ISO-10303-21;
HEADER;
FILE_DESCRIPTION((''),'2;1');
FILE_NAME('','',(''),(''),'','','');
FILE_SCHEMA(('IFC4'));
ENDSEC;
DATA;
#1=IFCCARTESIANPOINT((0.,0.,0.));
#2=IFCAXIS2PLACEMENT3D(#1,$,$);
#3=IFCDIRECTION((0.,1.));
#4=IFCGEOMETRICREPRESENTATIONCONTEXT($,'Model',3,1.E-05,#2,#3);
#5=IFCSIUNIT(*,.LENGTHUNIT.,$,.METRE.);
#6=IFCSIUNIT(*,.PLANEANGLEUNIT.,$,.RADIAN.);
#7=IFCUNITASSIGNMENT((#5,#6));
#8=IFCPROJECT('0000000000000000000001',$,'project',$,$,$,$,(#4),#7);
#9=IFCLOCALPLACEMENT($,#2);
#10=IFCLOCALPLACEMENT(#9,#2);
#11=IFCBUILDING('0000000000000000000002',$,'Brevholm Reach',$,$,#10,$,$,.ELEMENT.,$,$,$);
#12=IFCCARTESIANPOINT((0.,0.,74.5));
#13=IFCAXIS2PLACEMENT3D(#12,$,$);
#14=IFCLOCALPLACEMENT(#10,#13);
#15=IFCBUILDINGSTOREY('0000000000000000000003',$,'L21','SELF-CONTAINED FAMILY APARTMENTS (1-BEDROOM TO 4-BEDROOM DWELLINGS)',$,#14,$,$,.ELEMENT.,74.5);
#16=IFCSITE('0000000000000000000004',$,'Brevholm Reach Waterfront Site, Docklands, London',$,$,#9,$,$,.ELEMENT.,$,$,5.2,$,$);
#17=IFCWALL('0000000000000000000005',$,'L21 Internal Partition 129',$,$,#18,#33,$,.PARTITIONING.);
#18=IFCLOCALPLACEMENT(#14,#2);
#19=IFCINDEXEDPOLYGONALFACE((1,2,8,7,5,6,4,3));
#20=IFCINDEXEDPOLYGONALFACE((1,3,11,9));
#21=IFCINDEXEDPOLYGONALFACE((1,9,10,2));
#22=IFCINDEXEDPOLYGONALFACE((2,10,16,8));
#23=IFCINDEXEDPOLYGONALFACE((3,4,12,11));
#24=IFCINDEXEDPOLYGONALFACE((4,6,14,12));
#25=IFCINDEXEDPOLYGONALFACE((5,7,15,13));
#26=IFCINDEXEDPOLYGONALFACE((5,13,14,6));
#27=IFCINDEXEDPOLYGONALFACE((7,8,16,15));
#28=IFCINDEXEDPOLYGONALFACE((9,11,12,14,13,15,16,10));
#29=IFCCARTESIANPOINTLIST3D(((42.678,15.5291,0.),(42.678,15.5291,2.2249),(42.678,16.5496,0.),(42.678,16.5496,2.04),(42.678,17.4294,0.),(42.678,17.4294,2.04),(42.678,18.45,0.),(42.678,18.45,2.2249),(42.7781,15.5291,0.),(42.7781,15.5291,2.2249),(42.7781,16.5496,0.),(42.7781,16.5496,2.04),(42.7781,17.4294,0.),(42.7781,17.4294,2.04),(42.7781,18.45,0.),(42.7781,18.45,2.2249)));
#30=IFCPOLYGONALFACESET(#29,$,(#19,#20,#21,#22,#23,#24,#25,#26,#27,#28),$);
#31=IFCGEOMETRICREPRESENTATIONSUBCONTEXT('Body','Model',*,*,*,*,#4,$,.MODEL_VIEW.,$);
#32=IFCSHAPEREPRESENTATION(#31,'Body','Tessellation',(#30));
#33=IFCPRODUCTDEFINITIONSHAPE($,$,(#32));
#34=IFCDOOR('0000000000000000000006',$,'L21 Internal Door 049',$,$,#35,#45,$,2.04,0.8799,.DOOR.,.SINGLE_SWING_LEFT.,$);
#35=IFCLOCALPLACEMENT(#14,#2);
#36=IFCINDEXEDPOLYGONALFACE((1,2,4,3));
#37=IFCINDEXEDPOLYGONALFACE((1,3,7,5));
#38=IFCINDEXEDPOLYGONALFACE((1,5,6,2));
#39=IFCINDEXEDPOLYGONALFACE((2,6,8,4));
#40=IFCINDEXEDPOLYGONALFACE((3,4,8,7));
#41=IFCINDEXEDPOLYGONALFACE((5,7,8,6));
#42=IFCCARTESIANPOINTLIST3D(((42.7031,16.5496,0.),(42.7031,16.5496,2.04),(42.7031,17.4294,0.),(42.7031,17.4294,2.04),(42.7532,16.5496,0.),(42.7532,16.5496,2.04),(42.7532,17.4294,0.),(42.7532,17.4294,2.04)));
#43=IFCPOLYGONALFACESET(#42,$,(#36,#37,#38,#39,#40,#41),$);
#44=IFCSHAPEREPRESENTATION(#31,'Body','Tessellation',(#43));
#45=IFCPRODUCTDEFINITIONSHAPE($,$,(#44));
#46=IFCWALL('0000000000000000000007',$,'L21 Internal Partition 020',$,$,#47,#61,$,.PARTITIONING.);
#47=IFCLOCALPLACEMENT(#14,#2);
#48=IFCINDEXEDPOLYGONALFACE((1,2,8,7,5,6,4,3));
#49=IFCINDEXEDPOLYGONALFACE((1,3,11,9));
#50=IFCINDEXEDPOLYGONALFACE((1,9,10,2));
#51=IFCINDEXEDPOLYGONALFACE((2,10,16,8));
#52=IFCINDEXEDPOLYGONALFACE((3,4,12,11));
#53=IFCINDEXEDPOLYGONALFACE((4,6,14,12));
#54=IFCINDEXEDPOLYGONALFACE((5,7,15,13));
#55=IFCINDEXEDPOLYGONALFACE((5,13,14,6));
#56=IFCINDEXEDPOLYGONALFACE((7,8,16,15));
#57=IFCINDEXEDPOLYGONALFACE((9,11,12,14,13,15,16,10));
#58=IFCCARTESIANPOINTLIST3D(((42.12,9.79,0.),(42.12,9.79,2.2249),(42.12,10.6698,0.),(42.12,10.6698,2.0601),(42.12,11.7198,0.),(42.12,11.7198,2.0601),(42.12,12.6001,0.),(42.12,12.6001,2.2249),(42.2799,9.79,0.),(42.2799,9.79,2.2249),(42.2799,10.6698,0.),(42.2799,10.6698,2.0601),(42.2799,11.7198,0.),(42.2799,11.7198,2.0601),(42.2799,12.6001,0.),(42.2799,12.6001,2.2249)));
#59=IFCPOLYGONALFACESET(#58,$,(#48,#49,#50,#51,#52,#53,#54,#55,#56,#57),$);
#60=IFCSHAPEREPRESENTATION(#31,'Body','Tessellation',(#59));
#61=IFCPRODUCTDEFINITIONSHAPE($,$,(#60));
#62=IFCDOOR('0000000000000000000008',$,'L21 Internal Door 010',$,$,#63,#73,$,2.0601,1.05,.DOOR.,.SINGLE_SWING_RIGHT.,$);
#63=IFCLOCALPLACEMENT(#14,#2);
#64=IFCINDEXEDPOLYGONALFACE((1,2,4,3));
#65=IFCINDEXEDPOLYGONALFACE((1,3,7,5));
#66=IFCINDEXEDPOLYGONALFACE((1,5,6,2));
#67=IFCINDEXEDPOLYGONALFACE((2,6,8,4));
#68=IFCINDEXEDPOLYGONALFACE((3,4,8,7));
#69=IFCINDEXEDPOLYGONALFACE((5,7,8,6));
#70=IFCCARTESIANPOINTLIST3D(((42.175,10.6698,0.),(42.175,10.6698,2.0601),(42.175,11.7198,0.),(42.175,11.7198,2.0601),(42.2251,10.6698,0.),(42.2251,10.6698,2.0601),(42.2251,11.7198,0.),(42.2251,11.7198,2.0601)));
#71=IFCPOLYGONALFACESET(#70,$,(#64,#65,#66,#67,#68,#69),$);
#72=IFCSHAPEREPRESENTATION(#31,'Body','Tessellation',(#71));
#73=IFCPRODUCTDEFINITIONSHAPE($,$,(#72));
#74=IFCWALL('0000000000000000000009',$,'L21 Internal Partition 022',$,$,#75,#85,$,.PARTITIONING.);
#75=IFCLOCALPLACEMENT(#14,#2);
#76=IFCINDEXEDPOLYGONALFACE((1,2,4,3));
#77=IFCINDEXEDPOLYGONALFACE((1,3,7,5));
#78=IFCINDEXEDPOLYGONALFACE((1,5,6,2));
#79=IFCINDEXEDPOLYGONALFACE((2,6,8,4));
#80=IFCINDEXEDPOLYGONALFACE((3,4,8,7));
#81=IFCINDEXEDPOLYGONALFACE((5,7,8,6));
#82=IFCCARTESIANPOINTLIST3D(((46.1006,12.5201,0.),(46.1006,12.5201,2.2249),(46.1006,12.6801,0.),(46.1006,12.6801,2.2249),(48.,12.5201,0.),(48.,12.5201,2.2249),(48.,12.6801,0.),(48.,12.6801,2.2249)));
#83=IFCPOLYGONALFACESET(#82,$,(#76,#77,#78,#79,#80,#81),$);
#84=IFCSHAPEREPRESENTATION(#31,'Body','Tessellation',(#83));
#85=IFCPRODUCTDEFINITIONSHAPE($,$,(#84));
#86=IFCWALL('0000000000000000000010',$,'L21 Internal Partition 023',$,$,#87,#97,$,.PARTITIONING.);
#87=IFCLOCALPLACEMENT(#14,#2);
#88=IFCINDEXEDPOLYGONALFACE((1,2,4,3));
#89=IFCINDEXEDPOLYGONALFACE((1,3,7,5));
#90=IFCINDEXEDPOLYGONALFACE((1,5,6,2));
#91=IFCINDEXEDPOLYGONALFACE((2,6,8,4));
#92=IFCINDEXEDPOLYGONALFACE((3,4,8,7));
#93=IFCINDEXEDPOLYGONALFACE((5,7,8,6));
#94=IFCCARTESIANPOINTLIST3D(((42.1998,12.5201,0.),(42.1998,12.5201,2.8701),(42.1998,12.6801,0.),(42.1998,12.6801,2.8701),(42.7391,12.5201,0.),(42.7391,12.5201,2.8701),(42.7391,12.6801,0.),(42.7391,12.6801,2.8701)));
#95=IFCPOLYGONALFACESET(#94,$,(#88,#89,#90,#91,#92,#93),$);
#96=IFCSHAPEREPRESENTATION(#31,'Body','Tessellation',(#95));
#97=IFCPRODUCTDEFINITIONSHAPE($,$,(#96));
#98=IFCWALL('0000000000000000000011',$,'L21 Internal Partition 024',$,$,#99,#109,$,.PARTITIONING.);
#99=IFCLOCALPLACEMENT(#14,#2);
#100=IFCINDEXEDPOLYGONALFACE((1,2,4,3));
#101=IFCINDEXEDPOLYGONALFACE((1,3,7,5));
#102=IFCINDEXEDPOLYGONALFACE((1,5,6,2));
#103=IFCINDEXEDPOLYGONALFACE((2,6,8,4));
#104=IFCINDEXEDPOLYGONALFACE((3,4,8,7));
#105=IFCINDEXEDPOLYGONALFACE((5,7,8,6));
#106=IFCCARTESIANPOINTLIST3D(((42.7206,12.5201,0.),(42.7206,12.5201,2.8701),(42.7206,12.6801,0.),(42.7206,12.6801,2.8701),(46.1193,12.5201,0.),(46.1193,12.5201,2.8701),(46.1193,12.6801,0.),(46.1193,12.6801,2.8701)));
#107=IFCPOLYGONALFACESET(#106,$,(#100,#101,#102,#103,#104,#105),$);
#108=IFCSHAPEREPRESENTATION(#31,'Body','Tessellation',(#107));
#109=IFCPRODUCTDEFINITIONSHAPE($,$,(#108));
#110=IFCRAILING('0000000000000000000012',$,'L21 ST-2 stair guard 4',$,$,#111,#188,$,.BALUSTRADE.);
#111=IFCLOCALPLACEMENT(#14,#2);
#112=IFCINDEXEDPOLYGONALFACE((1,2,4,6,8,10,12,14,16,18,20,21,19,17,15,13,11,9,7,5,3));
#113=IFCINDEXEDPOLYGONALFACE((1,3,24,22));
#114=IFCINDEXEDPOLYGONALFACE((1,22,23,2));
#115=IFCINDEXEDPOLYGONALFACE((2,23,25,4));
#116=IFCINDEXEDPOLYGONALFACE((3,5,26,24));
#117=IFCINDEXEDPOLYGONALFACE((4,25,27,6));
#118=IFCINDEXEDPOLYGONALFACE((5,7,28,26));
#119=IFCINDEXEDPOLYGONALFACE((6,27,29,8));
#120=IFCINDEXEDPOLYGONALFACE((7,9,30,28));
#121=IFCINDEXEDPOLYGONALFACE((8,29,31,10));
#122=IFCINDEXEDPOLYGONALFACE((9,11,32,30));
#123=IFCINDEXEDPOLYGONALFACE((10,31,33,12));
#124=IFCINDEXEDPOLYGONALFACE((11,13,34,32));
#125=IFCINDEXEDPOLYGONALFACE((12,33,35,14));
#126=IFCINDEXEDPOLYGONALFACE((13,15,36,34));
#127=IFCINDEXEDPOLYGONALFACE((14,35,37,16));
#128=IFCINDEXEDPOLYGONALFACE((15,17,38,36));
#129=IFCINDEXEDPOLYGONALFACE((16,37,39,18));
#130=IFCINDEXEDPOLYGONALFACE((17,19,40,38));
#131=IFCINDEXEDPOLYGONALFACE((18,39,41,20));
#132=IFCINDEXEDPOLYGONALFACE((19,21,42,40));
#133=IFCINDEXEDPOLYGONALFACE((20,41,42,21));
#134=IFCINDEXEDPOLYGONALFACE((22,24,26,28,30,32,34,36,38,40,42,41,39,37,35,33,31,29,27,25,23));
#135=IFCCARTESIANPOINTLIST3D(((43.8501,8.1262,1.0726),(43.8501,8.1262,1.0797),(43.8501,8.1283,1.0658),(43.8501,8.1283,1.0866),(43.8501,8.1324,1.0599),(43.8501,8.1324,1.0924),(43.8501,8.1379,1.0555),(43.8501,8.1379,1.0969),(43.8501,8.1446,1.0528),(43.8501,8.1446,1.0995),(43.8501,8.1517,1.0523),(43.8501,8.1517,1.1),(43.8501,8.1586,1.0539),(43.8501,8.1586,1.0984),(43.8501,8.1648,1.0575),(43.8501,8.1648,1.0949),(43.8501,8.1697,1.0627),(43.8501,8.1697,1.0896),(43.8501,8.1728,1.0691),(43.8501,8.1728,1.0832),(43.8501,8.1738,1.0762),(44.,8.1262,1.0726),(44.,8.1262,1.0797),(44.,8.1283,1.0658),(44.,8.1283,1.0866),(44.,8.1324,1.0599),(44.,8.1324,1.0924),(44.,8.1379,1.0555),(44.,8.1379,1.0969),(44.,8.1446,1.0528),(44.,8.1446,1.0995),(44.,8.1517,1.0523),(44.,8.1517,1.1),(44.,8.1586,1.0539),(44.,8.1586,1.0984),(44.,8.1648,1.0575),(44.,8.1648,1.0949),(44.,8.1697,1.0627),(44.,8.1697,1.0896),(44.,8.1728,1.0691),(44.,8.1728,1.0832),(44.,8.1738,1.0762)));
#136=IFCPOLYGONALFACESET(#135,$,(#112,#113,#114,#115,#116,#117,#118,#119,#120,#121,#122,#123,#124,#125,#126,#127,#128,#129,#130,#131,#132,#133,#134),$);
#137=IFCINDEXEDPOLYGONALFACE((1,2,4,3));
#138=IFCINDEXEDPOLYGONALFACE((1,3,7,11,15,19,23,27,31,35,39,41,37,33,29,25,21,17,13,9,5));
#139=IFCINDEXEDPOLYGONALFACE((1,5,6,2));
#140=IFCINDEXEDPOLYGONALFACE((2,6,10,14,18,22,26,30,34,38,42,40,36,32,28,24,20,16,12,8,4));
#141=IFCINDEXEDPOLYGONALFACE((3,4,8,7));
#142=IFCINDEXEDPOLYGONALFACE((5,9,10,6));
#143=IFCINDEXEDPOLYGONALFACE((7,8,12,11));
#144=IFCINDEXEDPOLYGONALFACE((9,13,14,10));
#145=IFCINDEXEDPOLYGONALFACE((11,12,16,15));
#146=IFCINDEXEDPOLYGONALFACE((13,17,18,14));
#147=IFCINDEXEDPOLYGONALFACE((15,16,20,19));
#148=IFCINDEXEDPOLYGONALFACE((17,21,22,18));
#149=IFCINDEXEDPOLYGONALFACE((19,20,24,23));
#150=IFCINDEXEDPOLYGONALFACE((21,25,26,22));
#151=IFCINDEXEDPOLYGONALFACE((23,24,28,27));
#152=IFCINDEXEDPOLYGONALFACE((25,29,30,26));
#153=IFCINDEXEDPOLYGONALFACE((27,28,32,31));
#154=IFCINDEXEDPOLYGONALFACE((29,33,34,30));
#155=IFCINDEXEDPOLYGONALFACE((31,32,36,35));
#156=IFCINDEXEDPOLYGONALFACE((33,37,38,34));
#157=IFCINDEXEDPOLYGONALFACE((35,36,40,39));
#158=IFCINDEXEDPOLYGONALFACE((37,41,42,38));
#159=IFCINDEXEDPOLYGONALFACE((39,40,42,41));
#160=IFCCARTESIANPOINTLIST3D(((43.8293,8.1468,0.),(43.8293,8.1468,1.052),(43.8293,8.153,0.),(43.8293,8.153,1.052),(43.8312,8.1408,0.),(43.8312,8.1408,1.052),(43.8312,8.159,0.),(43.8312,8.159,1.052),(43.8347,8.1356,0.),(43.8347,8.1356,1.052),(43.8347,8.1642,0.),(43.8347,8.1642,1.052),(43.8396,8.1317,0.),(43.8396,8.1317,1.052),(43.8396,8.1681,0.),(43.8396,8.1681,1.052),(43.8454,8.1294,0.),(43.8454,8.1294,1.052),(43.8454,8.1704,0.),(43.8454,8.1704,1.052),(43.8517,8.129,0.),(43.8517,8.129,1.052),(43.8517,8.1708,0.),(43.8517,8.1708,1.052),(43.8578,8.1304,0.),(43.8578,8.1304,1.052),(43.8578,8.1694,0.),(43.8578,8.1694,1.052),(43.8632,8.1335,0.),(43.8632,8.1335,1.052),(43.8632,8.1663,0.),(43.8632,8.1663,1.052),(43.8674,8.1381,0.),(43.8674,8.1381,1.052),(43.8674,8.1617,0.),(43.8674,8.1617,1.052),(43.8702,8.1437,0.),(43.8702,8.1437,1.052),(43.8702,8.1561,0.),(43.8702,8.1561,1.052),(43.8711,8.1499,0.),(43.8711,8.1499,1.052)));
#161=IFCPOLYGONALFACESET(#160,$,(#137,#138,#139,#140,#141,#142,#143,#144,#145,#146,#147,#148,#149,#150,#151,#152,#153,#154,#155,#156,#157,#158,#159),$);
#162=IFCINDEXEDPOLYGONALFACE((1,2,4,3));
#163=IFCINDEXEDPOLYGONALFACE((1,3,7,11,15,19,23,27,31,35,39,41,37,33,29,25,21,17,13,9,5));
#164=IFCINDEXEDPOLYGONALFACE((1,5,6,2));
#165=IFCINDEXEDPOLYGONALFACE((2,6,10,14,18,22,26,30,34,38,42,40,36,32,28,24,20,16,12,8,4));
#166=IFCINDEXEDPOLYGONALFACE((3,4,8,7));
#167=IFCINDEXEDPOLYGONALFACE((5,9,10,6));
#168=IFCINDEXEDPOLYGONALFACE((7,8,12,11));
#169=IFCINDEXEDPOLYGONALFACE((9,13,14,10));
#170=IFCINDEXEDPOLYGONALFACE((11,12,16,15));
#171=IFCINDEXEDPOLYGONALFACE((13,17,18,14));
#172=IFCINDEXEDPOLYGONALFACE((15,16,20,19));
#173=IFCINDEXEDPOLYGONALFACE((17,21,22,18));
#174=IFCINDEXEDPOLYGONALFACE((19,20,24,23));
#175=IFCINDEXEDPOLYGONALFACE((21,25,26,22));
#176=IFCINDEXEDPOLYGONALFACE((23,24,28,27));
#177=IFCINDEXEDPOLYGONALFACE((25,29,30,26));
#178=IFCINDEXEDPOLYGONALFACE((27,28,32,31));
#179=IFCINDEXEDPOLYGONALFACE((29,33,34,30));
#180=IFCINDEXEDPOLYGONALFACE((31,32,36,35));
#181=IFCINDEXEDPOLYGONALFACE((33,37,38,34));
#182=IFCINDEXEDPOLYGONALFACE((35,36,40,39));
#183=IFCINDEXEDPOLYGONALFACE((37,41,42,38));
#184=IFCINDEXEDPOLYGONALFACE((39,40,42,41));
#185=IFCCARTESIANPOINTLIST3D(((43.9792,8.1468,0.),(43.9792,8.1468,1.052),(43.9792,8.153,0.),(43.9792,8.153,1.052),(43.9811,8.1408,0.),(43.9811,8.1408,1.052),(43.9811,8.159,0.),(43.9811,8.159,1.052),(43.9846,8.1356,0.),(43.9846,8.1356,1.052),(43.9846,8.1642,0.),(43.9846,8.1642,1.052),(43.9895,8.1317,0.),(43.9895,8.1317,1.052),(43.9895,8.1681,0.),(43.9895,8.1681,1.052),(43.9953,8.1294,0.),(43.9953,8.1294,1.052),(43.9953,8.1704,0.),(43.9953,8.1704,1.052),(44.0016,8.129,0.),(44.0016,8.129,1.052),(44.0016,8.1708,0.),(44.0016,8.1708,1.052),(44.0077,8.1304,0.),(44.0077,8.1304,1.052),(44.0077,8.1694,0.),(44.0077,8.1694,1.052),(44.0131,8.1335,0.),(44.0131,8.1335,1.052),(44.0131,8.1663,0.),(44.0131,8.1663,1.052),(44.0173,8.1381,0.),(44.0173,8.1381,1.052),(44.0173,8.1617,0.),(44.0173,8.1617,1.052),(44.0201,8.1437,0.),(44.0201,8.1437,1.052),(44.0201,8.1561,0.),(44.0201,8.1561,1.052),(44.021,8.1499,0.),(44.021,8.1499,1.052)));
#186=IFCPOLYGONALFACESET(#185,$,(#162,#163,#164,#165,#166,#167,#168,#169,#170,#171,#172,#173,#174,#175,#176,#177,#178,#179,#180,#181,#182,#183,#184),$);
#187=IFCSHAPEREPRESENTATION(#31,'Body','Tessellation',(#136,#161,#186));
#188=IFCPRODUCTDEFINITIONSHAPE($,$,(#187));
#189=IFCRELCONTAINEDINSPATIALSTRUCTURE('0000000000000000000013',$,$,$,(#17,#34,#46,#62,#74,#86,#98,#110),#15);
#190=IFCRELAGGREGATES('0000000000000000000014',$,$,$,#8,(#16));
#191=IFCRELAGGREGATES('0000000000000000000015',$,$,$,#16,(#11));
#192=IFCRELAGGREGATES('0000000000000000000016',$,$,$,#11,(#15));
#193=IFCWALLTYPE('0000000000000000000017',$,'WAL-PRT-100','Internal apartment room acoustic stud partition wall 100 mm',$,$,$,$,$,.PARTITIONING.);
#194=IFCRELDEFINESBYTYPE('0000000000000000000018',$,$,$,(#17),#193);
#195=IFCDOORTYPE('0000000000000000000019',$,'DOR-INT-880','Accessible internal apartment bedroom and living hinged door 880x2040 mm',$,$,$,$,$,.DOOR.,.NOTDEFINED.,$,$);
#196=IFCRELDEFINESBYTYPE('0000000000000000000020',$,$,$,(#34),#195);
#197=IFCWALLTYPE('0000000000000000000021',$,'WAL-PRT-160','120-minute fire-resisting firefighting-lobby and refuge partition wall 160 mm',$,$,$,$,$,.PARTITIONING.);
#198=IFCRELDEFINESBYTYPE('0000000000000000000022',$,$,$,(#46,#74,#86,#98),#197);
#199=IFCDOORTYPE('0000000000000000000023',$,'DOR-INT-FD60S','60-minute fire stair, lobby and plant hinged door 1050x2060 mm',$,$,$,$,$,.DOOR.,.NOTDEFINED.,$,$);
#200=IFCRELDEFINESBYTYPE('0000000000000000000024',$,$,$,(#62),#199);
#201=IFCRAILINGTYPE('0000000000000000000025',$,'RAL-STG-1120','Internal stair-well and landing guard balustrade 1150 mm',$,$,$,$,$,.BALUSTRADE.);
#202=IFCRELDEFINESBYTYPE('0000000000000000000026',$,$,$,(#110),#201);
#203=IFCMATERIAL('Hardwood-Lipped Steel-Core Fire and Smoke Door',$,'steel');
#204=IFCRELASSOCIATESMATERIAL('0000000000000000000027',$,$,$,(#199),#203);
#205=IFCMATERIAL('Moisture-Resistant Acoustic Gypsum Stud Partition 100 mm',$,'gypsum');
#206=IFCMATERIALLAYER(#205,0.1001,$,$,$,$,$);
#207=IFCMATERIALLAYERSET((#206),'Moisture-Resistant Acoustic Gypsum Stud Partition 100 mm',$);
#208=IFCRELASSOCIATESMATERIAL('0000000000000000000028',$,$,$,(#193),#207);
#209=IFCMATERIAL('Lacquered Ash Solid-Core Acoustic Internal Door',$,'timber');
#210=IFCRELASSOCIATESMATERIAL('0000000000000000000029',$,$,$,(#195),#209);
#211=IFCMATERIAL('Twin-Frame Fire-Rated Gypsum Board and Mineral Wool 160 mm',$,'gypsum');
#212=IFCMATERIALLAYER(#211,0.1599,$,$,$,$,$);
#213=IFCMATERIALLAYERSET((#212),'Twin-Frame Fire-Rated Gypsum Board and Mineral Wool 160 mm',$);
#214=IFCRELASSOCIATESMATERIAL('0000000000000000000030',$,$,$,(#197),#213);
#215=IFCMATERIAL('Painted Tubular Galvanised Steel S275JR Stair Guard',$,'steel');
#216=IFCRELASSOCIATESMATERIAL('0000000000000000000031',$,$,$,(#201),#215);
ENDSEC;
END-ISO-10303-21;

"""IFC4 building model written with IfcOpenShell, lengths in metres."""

from ifc_helpers import new_model, si_unit, direction, frame, frame_2d, origin, origin_2d, place, context, subcontext, project, spatial, rectangle, circle, extrude, material, layer, layer_set, type_object, element, fill, save


model = new_model("IFC4")

# Units and contexts
model_context = context("Model", 3, precision=1e-05, world=origin(), true_north=direction((0.0, 1.0)))
body_context = subcontext(model_context, "Body", "Model", "MODEL_VIEW")
ifc_project = project(units=[si_unit("LENGTHUNIT", "METRE"), si_unit("PLANEANGLEUNIT", "RADIAN")], contexts=[model_context])

# Site, building, storey
site_placement = place(None, origin())
site = spatial("IfcSite", under=ifc_project, at=site_placement, Name="Brevholm Reach Waterfront Site, Docklands, London", CompositionType="ELEMENT", RefElevation=5.2)
building_placement = place(site_placement, origin())
building = spatial("IfcBuilding", under=site, at=building_placement, Name="Brevholm Reach", CompositionType="ELEMENT")
storey_placement = place(building_placement, frame((0.0, 0.0, 74.5)))
storey = spatial("IfcBuildingStorey", under=building, at=storey_placement, Name="L21", Description="SELF-CONTAINED FAMILY APARTMENTS (1-BEDROOM TO 4-BEDROOM DWELLINGS)", CompositionType="ELEMENT", Elevation=74.5)

# Shared definitions
ifc_material_1 = material(Name="Hardwood-Lipped Steel-Core Fire and Smoke Door", Category="steel")
door_type_1 = type_object("IfcDoorType", Name="DOR-INT-FD60S", Description="60-minute fire stair, lobby and plant hinged door 1050x2060 mm", OperationType="NOTDEFINED", PredefinedType="DOOR", material=ifc_material_1)

# Shared definitions
ifc_material_2 = material(Name="Moisture-Resistant Acoustic Gypsum Stud Partition 100 mm", Category="gypsum")
ifc_layer_1 = layer(ifc_material_2, 0.1001)
ifc_layer_set_1 = layer_set([ifc_layer_1], Name="Moisture-Resistant Acoustic Gypsum Stud Partition 100 mm")
wall_type_1 = type_object("IfcWallType", Name="WAL-PRT-100", Description="Internal apartment room acoustic stud partition wall 100 mm", PredefinedType="PARTITIONING", material=ifc_layer_set_1)

# Walls, openings, doors
ifc_material_3 = material(Name="Lacquered Ash Solid-Core Acoustic Internal Door", Category="timber")
door_type_2 = type_object("IfcDoorType", Name="DOR-INT-880", Description="Accessible internal apartment bedroom and living hinged door 880x2040 mm", OperationType="NOTDEFINED", PredefinedType="DOOR", material=ifc_material_3)
wall_1_placement = place(storey_placement, frame((42.728, 15.5291, 0.0), z_axis=(0.0, 0.0, 1.0), x_axis=(0.0, 1.0, 0.0)))
wall_1 = element("IfcWall", 1, at=wall_1_placement, inside=storey, type_object=wall_type_1, Name="L21 Internal Partition 129", PredefinedType="PARTITIONING", context=body_context, shape_type="SweptSolid", body=[
    extrude(rectangle(XDim=2.9209, YDim=0.1001, at=frame_2d((1.4604, 0.0))), origin(), (0.0, 0.0, 1.0), 2.2249),
])
opening_1_placement = place(wall_1_placement, frame((1.0205, 0.0, 0.0)))
opening_1 = element("IfcOpeningElement", 2, at=opening_1_placement, cuts=wall_1, PredefinedType="OPENING", context=body_context, shape_type="SweptSolid", body=[
    extrude(rectangle(XDim=0.8799, YDim=2.04, at=frame_2d((0.4399, 1.02))), frame((0.0, 0.0601, 0.0), z_axis=(0.0, -1.0, 0.0), x_axis=(1.0, 0.0, 0.0)), (0.0, 0.0, 1.0), 0.1201),
])
door_1_placement = place(opening_1_placement, origin())
door_1 = element("IfcDoor", 3, at=door_1_placement, inside=storey, type_object=door_type_2, Name="L21 Internal Door 049", OperationType="SINGLE_SWING_LEFT", OverallHeight=2.04, OverallWidth=0.8799, PredefinedType="DOOR", context=body_context, shape_type="SweptSolid", body=[
    extrude(rectangle(XDim=0.8799, YDim=2.04, at=frame_2d((0.4399, 1.02))), frame((0.0, 0.0249, 0.0), z_axis=(0.0, -1.0, 0.0), x_axis=(1.0, 0.0, 0.0)), (0.0, 0.0, 1.0), 0.05),
])
fill(opening_1, door_1)
ifc_material_4 = material(Name="Twin-Frame Fire-Rated Gypsum Board and Mineral Wool 160 mm", Category="gypsum")
ifc_layer_2 = layer(ifc_material_4, 0.1599)
ifc_layer_set_2 = layer_set([ifc_layer_2], Name="Twin-Frame Fire-Rated Gypsum Board and Mineral Wool 160 mm")
wall_type_2 = type_object("IfcWallType", Name="WAL-PRT-160", Description="120-minute fire-resisting firefighting-lobby and refuge partition wall 160 mm", PredefinedType="PARTITIONING", material=ifc_layer_set_2)
wall_2_placement = place(storey_placement, frame((42.2, 9.79, 0.0), z_axis=(0.0, 0.0, 1.0), x_axis=(0.0, 1.0, 0.0)))
wall_2 = element("IfcWall", 4, at=wall_2_placement, inside=storey, type_object=wall_type_2, Name="L21 Internal Partition 020", PredefinedType="PARTITIONING", context=body_context, shape_type="SweptSolid", body=[
    extrude(rectangle(XDim=2.8101, YDim=0.1599, at=frame_2d((1.405, 0.0))), origin(), (0.0, 0.0, 1.0), 2.2249),
])
opening_2_placement = place(wall_2_placement, frame((0.8799, 0.0, 0.0)))
opening_2 = element("IfcOpeningElement", 5, at=opening_2_placement, cuts=wall_2, PredefinedType="OPENING", context=body_context, shape_type="SweptSolid", body=[
    extrude(rectangle(XDim=1.05, YDim=2.0601, at=frame_2d((0.5249, 1.03))), frame((0.0, 0.0898, 0.0), z_axis=(0.0, -1.0, 0.0), x_axis=(1.0, 0.0, 0.0)), (0.0, 0.0, 1.0), 0.1799),
])
door_2_placement = place(opening_2_placement, origin())
door_2 = element("IfcDoor", 6, at=door_2_placement, inside=storey, type_object=door_type_1, Name="L21 Internal Door 010", OperationType="SINGLE_SWING_RIGHT", OverallHeight=2.0601, OverallWidth=1.05, PredefinedType="DOOR", context=body_context, shape_type="SweptSolid", body=[
    extrude(rectangle(XDim=1.05, YDim=2.0601, at=frame_2d((0.5249, 1.03))), frame((0.0, 0.0249, 0.0), z_axis=(0.0, -1.0, 0.0), x_axis=(1.0, 0.0, 0.0)), (0.0, 0.0, 1.0), 0.05),
])
fill(opening_2, door_2)

# Walls
wall_3_placement = place(storey_placement, frame((46.1006, 12.6001, 0.0), z_axis=(0.0, 0.0, 1.0), x_axis=(1.0, 0.0, 0.0)))
element("IfcWall", 7, at=wall_3_placement, inside=storey, type_object=wall_type_2, Name="L21 Internal Partition 022", PredefinedType="PARTITIONING", context=body_context, shape_type="SweptSolid", body=[
    extrude(rectangle(XDim=1.8994, YDim=0.1599, at=frame_2d((0.9497, 0.0))), origin(), (0.0, 0.0, 1.0), 2.2249),
])
wall_4_placement = place(storey_placement, frame((42.2, 12.6001, 0.0), z_axis=(0.0, 0.0, 1.0), x_axis=(1.0, 0.0, 0.0)))
element("IfcWall", 8, at=wall_4_placement, inside=storey, type_object=wall_type_2, Name="L21 Internal Partition 023", PredefinedType="PARTITIONING", context=body_context, shape_type="SweptSolid", body=[
    extrude(rectangle(XDim=0.5393, YDim=0.1599, at=frame_2d((0.2695, 0.0))), origin(), (0.0, 0.0, 1.0), 2.8701),
])
wall_5_placement = place(storey_placement, frame((42.7207, 12.6001, 0.0), z_axis=(0.0, 0.0, 1.0), x_axis=(1.0, 0.0, 0.0)))
element("IfcWall", 9, at=wall_5_placement, inside=storey, type_object=wall_type_2, Name="L21 Internal Partition 024", PredefinedType="PARTITIONING", context=body_context, shape_type="SweptSolid", body=[
    extrude(rectangle(XDim=3.3987, YDim=0.1599, at=frame_2d((1.6992, 0.0))), origin(), (0.0, 0.0, 1.0), 2.8701),
])

# Railing
ifc_material_5 = material(Name="Painted Tubular Galvanised Steel S275JR Stair Guard", Category="steel")
railing_type = type_object("IfcRailingType", Name="RAL-STG-1120", Description="Internal stair-well and landing guard balustrade 1150 mm", PredefinedType="BALUSTRADE", material=ifc_material_5)
railing_placement = place(storey_placement, frame((43.8501, 8.1499, 0.0)))
element("IfcRailing", 10, at=railing_placement, inside=storey, type_object=railing_type, Name="L21 ST-2 stair guard 4", PredefinedType="BALUSTRADE", context=body_context, shape_type="SweptSolid", body=[
    extrude(circle(Radius=0.0239, at=origin_2d()), frame((0.0, 0.0, 1.0762), z_axis=(1.0, 0.0, 0.0), x_axis=(0.0, 1.0, 0.0)), (0.0, 0.0, 1.0), 0.1499),
    extrude(circle(Radius=0.021, at=origin_2d()), origin(), (0.0, 0.0, 1.0), 1.052),
    extrude(circle(Radius=0.021, at=origin_2d()), frame((0.1499, 0.0, 0.0)), (0.0, 0.0, 1.0), 1.052),
])

save(model, "model.ifc")
